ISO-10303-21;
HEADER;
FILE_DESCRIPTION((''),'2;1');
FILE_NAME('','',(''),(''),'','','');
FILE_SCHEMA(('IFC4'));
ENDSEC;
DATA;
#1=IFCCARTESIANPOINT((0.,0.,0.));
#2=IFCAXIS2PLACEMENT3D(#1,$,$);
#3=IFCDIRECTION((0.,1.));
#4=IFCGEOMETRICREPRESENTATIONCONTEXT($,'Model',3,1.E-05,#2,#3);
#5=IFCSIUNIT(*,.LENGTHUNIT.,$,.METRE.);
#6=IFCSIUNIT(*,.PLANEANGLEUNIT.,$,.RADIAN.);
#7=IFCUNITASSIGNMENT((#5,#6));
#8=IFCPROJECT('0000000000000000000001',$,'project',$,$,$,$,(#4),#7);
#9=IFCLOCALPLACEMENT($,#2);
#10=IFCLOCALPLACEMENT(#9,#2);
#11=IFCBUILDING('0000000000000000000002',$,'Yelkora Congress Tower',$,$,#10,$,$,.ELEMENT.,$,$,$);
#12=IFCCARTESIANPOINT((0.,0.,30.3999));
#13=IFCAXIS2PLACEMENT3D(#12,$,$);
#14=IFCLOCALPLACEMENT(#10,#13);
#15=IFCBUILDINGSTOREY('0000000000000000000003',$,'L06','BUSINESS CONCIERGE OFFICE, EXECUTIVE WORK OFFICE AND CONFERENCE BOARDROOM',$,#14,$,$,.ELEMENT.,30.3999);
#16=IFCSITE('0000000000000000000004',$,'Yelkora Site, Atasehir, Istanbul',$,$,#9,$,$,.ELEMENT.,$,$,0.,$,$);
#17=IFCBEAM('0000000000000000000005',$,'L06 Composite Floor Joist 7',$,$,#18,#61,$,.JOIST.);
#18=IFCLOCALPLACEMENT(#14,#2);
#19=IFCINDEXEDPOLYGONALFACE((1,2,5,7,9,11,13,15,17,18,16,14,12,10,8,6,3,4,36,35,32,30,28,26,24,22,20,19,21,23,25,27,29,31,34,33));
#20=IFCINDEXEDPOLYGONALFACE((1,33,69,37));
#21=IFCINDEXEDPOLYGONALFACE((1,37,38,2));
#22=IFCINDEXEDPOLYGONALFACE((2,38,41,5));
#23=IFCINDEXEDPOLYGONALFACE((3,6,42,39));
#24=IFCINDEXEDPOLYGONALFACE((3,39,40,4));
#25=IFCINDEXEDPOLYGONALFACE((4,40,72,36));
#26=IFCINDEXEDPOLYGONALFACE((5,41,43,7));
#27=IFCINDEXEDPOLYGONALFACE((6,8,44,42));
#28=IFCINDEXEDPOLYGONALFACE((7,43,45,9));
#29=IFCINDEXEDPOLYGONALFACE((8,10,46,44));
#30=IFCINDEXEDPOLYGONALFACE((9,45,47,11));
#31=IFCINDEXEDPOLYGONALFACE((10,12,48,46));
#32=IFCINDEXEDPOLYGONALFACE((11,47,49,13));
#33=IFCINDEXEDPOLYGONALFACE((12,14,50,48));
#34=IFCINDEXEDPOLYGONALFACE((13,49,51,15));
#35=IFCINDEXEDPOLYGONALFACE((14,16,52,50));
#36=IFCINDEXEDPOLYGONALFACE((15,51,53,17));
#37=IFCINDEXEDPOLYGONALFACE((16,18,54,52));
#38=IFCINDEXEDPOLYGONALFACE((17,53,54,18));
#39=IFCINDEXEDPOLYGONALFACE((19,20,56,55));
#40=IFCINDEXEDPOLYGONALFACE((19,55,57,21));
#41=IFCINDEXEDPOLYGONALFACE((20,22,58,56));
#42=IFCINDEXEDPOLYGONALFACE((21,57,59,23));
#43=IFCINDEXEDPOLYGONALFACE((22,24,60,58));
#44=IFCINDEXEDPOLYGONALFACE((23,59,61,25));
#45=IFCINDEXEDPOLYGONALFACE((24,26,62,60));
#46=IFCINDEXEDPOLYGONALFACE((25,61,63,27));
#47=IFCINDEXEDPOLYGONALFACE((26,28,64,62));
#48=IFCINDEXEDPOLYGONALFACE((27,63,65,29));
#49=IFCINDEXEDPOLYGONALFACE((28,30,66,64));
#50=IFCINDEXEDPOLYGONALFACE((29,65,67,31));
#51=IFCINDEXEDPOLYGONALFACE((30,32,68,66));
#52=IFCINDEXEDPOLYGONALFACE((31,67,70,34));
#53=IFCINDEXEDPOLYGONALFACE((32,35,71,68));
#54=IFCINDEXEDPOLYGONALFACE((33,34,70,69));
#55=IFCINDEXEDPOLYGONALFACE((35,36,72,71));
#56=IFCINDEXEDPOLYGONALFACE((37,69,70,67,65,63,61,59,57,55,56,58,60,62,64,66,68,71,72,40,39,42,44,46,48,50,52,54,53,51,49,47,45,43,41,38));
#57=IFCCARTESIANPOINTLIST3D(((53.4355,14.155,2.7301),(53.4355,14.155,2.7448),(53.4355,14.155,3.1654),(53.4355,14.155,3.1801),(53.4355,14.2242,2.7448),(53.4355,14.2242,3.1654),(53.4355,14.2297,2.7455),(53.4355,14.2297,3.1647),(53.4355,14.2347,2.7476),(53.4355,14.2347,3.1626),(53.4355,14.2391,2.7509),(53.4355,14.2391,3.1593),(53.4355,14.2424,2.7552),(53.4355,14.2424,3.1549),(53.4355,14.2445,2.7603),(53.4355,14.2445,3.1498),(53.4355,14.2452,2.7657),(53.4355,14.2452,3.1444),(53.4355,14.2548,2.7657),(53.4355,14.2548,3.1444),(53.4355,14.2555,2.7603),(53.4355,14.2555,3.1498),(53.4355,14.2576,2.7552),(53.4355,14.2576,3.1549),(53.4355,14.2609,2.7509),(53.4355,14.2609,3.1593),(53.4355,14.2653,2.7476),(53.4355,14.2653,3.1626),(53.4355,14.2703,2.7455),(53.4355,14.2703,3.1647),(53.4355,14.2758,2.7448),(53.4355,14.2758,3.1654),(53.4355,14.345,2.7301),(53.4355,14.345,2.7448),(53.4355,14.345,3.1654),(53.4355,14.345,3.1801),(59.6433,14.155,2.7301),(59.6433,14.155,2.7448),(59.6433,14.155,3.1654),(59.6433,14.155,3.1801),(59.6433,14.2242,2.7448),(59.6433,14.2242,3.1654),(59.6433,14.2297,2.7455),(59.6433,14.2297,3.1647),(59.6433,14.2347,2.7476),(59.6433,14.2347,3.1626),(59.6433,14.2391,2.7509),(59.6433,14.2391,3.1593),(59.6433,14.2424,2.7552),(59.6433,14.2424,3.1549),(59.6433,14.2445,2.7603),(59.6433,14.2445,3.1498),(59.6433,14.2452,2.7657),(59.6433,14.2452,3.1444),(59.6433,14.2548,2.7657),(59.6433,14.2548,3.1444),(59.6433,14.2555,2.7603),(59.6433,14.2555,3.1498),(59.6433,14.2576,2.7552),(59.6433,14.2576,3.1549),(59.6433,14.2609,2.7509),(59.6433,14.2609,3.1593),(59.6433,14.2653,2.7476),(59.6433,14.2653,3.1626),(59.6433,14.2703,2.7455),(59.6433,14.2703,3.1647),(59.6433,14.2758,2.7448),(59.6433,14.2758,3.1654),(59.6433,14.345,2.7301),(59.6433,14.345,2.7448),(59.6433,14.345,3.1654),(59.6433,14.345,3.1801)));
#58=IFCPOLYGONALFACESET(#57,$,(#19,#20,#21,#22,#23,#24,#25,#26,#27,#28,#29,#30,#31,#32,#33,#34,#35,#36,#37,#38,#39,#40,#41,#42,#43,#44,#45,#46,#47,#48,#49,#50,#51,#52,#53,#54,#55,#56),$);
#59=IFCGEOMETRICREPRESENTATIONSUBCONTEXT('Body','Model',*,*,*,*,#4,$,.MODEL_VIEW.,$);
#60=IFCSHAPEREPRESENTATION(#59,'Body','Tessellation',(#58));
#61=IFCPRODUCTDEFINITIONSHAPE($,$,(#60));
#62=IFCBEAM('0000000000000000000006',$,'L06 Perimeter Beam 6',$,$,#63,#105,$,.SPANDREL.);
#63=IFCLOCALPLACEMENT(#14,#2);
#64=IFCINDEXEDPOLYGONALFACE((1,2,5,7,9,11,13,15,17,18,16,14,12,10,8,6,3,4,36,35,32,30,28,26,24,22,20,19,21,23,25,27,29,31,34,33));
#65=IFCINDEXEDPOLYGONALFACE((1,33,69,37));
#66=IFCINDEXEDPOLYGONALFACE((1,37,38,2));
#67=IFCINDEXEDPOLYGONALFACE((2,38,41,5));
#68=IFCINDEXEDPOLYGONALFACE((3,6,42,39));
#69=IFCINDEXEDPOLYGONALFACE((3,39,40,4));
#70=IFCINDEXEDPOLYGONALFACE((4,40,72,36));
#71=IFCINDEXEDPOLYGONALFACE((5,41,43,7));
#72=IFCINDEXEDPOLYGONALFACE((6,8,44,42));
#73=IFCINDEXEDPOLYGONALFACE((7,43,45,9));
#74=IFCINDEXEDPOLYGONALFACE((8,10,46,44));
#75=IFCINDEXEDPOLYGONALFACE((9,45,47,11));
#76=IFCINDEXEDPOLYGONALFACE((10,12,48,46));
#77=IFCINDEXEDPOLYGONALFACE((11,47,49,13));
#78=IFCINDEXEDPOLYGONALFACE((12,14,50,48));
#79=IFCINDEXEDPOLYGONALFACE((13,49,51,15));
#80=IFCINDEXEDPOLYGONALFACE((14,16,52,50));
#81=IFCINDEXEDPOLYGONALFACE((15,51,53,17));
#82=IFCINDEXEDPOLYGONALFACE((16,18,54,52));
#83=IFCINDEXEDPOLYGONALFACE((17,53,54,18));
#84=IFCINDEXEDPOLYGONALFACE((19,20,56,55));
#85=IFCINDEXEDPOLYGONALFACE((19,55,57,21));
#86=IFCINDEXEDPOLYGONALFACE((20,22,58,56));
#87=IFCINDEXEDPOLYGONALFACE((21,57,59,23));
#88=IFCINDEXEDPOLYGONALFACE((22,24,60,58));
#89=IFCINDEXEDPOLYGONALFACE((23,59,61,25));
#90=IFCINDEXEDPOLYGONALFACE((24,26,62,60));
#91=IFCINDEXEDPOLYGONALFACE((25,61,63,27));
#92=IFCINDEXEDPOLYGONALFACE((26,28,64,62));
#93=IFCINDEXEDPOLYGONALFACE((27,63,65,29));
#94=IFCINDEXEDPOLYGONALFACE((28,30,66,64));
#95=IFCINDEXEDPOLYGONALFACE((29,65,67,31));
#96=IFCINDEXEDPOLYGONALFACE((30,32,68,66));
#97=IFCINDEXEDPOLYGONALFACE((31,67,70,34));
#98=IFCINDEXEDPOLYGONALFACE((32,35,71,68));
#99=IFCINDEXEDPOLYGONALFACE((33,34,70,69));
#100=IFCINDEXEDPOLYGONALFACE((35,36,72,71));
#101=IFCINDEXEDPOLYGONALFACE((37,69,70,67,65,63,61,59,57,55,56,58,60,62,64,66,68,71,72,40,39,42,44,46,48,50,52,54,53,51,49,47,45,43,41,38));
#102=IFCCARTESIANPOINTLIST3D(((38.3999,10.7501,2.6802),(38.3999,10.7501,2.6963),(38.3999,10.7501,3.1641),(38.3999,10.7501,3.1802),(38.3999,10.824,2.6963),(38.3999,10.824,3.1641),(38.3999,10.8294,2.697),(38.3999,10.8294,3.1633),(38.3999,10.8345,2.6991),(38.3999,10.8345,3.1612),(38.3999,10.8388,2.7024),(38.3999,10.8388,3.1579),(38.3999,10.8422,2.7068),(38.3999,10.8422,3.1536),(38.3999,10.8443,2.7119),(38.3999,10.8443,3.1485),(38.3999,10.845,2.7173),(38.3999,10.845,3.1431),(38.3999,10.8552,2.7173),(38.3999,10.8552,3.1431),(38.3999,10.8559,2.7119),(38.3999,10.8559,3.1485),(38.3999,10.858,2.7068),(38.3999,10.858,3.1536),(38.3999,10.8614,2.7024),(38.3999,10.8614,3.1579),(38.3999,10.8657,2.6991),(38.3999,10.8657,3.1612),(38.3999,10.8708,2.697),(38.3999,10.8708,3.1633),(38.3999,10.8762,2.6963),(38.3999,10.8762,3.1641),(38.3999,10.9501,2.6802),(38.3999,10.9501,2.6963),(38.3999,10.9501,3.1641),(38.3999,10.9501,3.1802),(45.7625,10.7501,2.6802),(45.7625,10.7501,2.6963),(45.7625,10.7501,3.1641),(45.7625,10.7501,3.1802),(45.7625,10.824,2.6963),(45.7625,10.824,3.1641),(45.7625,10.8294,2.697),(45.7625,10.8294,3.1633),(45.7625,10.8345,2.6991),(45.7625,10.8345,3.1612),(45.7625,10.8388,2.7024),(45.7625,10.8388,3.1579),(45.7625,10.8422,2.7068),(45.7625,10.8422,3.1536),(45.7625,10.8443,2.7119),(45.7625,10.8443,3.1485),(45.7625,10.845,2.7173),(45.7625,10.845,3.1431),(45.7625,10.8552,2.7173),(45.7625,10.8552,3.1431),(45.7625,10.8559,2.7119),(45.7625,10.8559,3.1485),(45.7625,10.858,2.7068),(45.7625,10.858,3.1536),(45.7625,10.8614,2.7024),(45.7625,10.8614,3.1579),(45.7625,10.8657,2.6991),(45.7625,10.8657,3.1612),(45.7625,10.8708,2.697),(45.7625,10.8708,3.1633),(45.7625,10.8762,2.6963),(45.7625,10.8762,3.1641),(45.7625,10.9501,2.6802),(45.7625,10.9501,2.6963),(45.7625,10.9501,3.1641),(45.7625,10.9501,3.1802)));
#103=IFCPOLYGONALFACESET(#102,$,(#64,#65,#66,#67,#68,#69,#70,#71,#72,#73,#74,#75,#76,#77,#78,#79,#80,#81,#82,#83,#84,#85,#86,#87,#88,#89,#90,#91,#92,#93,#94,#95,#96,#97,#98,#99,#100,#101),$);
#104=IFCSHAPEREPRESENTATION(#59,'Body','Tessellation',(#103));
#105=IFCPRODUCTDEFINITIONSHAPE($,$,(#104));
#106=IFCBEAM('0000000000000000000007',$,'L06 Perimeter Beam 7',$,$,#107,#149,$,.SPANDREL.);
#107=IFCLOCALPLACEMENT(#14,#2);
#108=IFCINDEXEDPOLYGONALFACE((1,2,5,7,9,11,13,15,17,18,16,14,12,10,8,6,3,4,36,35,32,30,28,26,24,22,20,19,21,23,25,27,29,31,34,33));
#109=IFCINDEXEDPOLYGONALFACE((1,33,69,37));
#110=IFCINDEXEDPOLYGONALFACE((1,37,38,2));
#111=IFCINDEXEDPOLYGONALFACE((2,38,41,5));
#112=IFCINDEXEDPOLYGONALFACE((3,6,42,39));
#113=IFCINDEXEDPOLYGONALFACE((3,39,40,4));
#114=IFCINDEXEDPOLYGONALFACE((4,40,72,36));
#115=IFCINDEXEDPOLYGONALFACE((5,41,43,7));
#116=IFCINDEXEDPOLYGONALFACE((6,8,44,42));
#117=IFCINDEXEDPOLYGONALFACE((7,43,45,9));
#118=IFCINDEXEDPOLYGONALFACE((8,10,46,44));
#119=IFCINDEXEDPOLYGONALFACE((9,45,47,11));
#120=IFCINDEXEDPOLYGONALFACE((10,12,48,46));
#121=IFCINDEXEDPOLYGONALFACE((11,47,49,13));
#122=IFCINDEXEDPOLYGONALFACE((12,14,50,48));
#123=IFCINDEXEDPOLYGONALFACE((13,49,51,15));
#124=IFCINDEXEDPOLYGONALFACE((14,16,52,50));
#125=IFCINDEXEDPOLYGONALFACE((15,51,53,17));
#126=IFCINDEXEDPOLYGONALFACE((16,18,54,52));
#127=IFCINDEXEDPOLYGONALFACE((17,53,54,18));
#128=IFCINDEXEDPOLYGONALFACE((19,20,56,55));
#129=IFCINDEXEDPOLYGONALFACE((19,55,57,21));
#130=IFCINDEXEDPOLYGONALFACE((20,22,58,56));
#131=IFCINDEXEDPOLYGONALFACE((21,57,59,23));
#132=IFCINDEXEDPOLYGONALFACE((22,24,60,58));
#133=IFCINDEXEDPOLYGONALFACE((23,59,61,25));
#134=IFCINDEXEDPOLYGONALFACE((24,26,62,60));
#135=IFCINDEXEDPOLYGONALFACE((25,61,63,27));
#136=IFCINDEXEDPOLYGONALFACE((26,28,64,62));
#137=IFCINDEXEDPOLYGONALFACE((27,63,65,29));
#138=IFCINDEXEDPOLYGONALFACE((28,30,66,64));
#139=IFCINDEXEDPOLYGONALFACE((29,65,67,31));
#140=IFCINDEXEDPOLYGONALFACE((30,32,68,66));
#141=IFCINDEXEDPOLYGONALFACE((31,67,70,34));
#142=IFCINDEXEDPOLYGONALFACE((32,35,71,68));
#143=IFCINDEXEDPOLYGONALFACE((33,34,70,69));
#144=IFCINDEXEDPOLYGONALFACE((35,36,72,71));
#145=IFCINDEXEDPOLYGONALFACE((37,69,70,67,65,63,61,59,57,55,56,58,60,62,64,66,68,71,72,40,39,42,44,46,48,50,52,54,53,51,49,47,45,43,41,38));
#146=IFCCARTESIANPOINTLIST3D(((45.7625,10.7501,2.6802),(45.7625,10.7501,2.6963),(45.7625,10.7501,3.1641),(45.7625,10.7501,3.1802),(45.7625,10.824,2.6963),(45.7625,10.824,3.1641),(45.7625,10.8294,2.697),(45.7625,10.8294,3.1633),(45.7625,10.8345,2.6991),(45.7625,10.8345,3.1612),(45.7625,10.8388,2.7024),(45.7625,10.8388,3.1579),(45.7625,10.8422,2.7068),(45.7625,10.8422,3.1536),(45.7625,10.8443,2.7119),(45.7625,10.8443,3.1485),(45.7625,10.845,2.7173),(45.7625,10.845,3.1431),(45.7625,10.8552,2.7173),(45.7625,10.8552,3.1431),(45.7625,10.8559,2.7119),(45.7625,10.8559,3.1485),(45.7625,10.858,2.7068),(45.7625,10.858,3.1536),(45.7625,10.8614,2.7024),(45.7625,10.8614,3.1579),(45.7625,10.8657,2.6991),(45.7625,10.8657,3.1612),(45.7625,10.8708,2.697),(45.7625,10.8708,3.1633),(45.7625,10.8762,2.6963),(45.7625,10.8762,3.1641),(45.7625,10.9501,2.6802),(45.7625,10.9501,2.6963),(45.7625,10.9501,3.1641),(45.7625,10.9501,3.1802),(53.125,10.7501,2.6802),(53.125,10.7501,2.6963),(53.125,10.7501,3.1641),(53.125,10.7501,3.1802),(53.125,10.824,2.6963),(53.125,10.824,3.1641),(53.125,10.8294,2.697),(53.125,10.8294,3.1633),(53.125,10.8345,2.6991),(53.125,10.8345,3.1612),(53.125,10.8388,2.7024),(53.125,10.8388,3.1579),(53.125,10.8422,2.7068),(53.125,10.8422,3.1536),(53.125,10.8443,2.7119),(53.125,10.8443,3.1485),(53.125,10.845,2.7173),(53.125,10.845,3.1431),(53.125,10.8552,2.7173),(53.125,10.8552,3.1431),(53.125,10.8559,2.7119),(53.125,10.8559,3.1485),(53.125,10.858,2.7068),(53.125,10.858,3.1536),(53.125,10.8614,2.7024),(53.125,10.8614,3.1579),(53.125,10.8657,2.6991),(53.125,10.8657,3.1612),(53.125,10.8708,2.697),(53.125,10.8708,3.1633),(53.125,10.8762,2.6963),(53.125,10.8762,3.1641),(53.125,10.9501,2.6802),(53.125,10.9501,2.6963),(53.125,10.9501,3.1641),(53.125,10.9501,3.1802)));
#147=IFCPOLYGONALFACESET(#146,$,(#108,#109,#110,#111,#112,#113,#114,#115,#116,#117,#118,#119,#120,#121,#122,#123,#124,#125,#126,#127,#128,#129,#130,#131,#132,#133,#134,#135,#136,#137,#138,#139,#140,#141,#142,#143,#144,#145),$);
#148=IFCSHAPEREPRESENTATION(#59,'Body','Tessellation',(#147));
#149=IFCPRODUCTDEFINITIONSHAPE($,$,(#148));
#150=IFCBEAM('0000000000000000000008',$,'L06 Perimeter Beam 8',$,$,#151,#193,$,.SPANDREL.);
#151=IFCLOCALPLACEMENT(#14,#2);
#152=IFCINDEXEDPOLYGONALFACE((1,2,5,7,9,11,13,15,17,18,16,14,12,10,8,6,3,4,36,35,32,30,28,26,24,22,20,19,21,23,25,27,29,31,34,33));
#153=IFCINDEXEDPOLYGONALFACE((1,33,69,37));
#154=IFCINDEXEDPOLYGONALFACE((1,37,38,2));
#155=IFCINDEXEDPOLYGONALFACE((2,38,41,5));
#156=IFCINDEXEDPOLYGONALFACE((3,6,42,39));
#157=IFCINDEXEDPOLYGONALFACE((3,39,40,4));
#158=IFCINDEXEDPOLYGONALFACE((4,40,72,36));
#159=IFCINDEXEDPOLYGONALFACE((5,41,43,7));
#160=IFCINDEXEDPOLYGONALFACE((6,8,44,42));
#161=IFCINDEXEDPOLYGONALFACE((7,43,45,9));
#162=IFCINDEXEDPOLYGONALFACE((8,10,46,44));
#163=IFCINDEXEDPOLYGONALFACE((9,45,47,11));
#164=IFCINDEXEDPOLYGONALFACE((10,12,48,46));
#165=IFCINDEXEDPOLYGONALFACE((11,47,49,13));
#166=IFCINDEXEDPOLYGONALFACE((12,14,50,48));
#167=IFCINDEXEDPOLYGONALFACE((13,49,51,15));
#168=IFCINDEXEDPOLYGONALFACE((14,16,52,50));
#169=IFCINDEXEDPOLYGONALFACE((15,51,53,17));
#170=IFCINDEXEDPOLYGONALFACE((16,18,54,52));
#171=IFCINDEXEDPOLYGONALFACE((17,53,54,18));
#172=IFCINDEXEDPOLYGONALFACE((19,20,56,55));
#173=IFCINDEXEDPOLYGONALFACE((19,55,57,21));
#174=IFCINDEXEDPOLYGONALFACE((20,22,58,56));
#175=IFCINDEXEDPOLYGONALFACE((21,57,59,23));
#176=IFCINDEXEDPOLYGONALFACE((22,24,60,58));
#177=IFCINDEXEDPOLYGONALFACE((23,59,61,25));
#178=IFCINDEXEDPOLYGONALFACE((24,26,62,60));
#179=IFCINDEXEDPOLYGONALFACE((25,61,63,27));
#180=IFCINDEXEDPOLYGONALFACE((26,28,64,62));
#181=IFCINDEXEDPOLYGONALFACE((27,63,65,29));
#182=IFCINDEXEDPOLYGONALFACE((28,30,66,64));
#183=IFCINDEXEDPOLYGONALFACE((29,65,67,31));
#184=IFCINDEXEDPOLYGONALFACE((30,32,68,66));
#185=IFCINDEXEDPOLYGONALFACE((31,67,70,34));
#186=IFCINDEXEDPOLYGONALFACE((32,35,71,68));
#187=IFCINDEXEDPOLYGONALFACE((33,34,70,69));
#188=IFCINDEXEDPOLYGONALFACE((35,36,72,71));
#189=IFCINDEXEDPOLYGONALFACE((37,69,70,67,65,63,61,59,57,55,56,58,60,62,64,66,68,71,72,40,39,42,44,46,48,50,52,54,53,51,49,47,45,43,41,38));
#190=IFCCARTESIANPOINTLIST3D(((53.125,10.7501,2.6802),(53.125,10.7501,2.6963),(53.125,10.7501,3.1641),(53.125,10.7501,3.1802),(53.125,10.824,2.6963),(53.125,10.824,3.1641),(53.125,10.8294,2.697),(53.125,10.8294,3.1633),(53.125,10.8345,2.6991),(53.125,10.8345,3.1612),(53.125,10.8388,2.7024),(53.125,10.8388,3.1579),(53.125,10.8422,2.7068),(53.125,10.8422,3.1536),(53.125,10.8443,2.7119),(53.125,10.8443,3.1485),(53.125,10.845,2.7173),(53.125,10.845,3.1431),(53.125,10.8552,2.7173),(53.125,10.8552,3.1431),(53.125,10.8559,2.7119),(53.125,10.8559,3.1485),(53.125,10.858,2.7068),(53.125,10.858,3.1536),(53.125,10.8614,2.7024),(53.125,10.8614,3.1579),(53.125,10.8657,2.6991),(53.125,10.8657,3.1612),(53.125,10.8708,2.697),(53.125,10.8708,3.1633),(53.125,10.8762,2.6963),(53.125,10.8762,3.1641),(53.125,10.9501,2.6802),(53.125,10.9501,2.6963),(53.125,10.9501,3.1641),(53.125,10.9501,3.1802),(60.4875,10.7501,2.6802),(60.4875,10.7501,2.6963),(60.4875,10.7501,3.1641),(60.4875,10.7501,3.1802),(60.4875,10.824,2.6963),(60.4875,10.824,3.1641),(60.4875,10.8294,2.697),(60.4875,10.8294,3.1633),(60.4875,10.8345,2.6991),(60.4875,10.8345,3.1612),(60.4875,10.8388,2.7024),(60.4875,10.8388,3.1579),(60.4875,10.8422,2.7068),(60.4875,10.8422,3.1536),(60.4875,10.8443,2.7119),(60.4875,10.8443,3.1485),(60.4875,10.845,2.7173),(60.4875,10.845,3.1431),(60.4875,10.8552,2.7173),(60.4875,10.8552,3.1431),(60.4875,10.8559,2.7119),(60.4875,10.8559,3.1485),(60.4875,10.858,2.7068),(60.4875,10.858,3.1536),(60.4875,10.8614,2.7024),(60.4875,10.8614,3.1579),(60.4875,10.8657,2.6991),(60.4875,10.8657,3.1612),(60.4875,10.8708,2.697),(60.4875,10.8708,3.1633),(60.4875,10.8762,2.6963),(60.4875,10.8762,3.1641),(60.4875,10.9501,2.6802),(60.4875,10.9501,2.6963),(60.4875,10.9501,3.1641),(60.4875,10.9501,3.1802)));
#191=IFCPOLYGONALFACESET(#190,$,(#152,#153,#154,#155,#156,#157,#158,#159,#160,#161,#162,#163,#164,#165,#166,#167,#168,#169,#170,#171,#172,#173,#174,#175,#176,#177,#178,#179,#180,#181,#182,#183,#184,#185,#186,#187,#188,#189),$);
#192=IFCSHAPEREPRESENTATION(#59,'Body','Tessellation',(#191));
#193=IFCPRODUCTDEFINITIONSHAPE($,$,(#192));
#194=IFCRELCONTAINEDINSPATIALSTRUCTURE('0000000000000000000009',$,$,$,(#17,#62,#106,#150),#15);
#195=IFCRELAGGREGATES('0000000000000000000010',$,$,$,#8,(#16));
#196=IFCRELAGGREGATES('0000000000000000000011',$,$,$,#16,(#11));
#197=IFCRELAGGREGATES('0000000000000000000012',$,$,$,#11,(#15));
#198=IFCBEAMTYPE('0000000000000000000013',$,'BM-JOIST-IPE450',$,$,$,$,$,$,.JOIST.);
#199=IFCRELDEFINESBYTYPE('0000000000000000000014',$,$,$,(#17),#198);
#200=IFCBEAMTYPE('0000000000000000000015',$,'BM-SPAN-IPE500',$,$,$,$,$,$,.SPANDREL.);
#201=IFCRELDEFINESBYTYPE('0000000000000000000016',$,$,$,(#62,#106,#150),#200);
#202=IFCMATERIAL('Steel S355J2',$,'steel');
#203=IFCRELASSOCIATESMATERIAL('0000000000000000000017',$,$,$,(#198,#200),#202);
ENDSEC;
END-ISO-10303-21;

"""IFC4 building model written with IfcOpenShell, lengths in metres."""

from ifc_helpers import new_model, si_unit, direction, frame, origin, origin_2d, place, context, subcontext, project, spatial, i_section, extrude, material, material_profile, profile_set, type_object, element, save


model = new_model("IFC4")

# Units and contexts
model_context = context("Model", 3, precision=1e-05, world=origin(), true_north=direction((0.0, 1.0)))
body_context = subcontext(model_context, "Body", "Model", "MODEL_VIEW")
ifc_project = project(units=[si_unit("LENGTHUNIT", "METRE"), si_unit("PLANEANGLEUNIT", "RADIAN")], contexts=[model_context])

# Site, building, storey
site_placement = place(None, origin())
site = spatial("IfcSite", under=ifc_project, at=site_placement, Name="Yelkora Site, Atasehir, Istanbul", CompositionType="ELEMENT", RefElevation=0.0)
building_placement = place(site_placement, origin())
building = spatial("IfcBuilding", under=site, at=building_placement, Name="Yelkora Congress Tower", CompositionType="ELEMENT")
storey_placement = place(building_placement, frame((0.0, 0.0, 30.3999)))
storey = spatial("IfcBuildingStorey", under=building, at=storey_placement, Name="L06", Description="BUSINESS CONCIERGE OFFICE, EXECUTIVE WORK OFFICE AND CONFERENCE BOARDROOM", CompositionType="ELEMENT", Elevation=30.3999)

# Beams
ifc_material_1 = material(Name="Steel S355J2", Category="steel")
ifc_material_profile_1 = material_profile(ifc_material_1, i_section(OverallWidth=0.1899, OverallDepth=0.45, WebThickness=0.0095, FlangeThickness=0.0146, FilletRadius=0.021, at=origin_2d()), Name="IPE 450")
ifc_profile_set_1 = profile_set([ifc_material_profile_1], Name="Steel S355J2")
beam_type_1 = type_object("IfcBeamType", Name="BM-JOIST-IPE450", PredefinedType="JOIST", material=ifc_profile_set_1)
beam_1_placement = place(storey_placement, frame((53.4355, 14.25, 2.9551), z_axis=(1.0, 0.0, 0.0), x_axis=(0.0, 1.0, 0.0)))
element("IfcBeam", 1, at=beam_1_placement, inside=storey, type_object=beam_type_1, Name="L06 Composite Floor Joist 7", PredefinedType="JOIST", context=body_context, shape_type="SweptSolid", body=[
    extrude(i_section(OverallWidth=0.1899, OverallDepth=0.45, WebThickness=0.0095, FlangeThickness=0.0146, FilletRadius=0.021, at=origin_2d()), origin(), (0.0, 0.0, 1.0), 6.2078),
])
ifc_material_profile_2 = material_profile(ifc_material_1, i_section(OverallWidth=0.2, OverallDepth=0.5, WebThickness=0.0103, FlangeThickness=0.0161, FilletRadius=0.021, at=origin_2d()), Name="IPE 500")
ifc_profile_set_2 = profile_set([ifc_material_profile_2], Name="Steel S355J2")
beam_type_2 = type_object("IfcBeamType", Name="BM-SPAN-IPE500", PredefinedType="SPANDREL", material=ifc_profile_set_2)
for number, where, z_axis, x_axis, name in (
    (2, (38.3999, 10.8501, 2.9302), (1.0, 0.0, 0.0), (0.0, 1.0, 0.0), "L06 Perimeter Beam 6"),
    (3, (45.7625, 10.8501, 2.9302), (1.0, 0.0, 0.0), (0.0, 1.0, 0.0), "L06 Perimeter Beam 7"),
    (4, (53.125, 10.8501, 2.9302), (1.0, 0.0, 0.0), (0.0, 1.0, 0.0), "L06 Perimeter Beam 8"),
):
    element("IfcBeam", number, at=place(storey_placement, frame(where, z_axis=z_axis, x_axis=x_axis)), inside=storey, type_object=beam_type_2, Name=name, PredefinedType="SPANDREL", context=body_context, shape_type="SweptSolid", body=[
        extrude(i_section(OverallWidth=0.2, OverallDepth=0.5, WebThickness=0.0103, FlangeThickness=0.0161, FilletRadius=0.021, at=origin_2d()), origin(), (0.0, 0.0, 1.0), 7.3625),
    ])

save(model, "model.ifc")
